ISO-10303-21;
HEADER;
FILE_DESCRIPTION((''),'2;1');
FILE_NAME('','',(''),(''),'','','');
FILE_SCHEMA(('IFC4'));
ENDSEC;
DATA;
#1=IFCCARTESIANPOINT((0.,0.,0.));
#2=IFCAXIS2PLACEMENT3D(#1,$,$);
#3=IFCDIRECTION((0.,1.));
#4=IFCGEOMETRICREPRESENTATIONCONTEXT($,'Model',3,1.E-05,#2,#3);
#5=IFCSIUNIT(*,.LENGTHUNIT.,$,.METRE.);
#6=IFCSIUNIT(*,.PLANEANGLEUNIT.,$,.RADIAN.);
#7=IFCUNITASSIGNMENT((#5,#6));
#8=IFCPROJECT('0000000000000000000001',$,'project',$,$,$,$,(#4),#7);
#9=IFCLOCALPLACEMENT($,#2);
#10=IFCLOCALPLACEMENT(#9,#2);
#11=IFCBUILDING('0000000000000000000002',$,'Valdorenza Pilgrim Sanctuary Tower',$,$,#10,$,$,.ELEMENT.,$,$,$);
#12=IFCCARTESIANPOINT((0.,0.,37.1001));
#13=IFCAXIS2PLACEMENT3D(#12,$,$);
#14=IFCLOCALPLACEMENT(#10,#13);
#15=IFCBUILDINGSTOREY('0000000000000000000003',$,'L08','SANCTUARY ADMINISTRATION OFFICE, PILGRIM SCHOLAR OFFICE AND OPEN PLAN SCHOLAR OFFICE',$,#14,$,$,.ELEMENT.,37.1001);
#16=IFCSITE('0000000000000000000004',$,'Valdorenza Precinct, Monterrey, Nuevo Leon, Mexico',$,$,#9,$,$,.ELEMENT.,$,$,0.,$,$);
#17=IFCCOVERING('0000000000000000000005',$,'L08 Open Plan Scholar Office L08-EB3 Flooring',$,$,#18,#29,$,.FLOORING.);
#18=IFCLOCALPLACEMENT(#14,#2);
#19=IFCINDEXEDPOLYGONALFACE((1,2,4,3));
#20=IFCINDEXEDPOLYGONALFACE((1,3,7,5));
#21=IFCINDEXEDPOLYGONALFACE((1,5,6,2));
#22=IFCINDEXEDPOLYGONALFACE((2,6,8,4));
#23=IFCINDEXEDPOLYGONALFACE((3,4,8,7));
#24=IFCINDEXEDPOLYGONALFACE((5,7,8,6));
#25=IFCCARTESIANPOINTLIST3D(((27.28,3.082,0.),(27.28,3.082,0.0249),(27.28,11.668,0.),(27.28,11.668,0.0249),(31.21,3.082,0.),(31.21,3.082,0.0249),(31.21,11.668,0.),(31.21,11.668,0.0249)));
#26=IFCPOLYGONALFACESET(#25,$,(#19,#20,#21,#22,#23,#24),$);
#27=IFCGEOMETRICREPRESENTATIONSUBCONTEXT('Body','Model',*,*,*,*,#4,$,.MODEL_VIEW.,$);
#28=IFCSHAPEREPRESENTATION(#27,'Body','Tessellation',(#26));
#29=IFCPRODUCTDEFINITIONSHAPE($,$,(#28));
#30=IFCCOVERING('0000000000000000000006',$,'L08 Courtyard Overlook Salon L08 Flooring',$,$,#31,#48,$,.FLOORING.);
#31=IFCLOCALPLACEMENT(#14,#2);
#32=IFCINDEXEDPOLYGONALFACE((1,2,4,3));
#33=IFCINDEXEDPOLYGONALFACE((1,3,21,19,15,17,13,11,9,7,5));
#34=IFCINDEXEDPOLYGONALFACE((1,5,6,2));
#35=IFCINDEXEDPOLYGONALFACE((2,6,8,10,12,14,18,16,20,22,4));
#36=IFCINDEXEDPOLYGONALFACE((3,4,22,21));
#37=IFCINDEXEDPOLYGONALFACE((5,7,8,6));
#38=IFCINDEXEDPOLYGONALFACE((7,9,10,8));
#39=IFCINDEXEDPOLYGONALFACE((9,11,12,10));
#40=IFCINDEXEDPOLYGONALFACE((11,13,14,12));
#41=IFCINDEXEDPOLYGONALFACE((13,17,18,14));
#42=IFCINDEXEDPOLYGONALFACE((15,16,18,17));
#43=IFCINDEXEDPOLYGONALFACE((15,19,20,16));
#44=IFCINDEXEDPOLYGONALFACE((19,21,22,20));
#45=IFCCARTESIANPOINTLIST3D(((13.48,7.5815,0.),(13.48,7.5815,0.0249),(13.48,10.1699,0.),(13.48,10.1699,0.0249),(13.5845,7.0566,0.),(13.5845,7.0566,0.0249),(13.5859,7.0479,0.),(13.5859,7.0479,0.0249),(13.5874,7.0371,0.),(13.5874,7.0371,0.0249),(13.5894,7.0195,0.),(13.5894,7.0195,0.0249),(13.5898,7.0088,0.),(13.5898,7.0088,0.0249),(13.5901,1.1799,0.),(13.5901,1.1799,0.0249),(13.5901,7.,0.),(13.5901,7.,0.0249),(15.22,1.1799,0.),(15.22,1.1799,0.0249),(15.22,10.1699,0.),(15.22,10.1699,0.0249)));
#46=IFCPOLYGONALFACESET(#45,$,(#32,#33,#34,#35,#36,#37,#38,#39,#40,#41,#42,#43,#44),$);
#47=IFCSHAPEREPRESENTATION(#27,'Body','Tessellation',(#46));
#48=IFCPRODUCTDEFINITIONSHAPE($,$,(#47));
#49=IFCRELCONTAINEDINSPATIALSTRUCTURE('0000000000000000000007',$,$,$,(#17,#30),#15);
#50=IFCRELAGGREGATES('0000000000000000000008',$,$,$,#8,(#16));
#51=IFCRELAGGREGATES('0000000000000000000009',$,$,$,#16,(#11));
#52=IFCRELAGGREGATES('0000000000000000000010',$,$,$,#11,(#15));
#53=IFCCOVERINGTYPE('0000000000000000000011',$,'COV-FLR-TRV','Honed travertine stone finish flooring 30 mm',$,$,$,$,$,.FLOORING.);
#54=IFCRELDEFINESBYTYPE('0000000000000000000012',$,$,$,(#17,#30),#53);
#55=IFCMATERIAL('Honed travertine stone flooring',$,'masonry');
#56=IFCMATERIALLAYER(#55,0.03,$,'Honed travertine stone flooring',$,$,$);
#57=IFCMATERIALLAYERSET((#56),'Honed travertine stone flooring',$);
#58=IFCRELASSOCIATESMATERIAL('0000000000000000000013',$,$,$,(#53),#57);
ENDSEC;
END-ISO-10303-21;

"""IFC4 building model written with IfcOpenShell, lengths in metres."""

from ifc_helpers import new_model, si_unit, direction, frame, origin, place, context, subcontext, project, spatial, polyline, outline, extrude, material, layer, layer_set, type_object, element, save


model = new_model("IFC4")

# Units and contexts
model_context = context("Model", 3, precision=1e-05, world=origin(), true_north=direction((0.0, 1.0)))
body_context = subcontext(model_context, "Body", "Model", "MODEL_VIEW")
ifc_project = project(units=[si_unit("LENGTHUNIT", "METRE"), si_unit("PLANEANGLEUNIT", "RADIAN")], contexts=[model_context])

# Site, building, storey
site_placement = place(None, origin())
site = spatial("IfcSite", under=ifc_project, at=site_placement, Name="Valdorenza Precinct, Monterrey, Nuevo Leon, Mexico", CompositionType="ELEMENT", RefElevation=0.0)
building_placement = place(site_placement, origin())
building = spatial("IfcBuilding", under=site, at=building_placement, Name="Valdorenza Pilgrim Sanctuary Tower", CompositionType="ELEMENT")
storey_placement = place(building_placement, frame((0.0, 0.0, 37.1001)))
storey = spatial("IfcBuildingStorey", under=building, at=storey_placement, Name="L08", Description="SANCTUARY ADMINISTRATION OFFICE, PILGRIM SCHOLAR OFFICE AND OPEN PLAN SCHOLAR OFFICE", CompositionType="ELEMENT", Elevation=37.1001)

# Coverings
ifc_material_1 = material(Name="Honed travertine stone flooring", Category="masonry")
ifc_layer_1 = layer(ifc_material_1, 0.03, Name="Honed travertine stone flooring")
ifc_layer_set_1 = layer_set([ifc_layer_1], Name="Honed travertine stone flooring")
covering_type_1 = type_object("IfcCoveringType", Name="COV-FLR-TRV", Description="Honed travertine stone finish flooring 30 mm", PredefinedType="FLOORING", material=ifc_layer_set_1)
covering_1_placement = place(storey_placement, origin())
element("IfcCovering", 1, at=covering_1_placement, inside=storey, type_object=covering_type_1, Name="L08 Open Plan Scholar Office L08-EB3 Flooring", PredefinedType="FLOORING", context=body_context, shape_type="SweptSolid", body=[
    extrude(outline(polyline([(27.28, 11.668), (31.21, 11.668), (31.21, 3.082), (27.28, 3.082), (27.28, 11.668)])), origin(), (0.0, 0.0, 1.0), 0.0249),
])
covering_2_placement = place(storey_placement, origin())
element("IfcCovering", 2, at=covering_2_placement, inside=storey, type_object=covering_type_1, Name="L08 Courtyard Overlook Salon L08 Flooring", PredefinedType="FLOORING", context=body_context, shape_type="SweptSolid", body=[
    extrude(outline(polyline([(15.22, 10.1699), (15.22, 1.1799), (13.5901, 1.1799), (13.5901, 7.0), (13.5898, 7.0088), (13.5894, 7.0195), (13.5874, 7.0371), (13.5859, 7.0479), (13.5845, 7.0566), (13.48, 7.5815), (13.48, 10.1699), (15.22, 10.1699)])), origin(), (0.0, 0.0, 1.0), 0.0249),
])

save(model, "model.ifc")
